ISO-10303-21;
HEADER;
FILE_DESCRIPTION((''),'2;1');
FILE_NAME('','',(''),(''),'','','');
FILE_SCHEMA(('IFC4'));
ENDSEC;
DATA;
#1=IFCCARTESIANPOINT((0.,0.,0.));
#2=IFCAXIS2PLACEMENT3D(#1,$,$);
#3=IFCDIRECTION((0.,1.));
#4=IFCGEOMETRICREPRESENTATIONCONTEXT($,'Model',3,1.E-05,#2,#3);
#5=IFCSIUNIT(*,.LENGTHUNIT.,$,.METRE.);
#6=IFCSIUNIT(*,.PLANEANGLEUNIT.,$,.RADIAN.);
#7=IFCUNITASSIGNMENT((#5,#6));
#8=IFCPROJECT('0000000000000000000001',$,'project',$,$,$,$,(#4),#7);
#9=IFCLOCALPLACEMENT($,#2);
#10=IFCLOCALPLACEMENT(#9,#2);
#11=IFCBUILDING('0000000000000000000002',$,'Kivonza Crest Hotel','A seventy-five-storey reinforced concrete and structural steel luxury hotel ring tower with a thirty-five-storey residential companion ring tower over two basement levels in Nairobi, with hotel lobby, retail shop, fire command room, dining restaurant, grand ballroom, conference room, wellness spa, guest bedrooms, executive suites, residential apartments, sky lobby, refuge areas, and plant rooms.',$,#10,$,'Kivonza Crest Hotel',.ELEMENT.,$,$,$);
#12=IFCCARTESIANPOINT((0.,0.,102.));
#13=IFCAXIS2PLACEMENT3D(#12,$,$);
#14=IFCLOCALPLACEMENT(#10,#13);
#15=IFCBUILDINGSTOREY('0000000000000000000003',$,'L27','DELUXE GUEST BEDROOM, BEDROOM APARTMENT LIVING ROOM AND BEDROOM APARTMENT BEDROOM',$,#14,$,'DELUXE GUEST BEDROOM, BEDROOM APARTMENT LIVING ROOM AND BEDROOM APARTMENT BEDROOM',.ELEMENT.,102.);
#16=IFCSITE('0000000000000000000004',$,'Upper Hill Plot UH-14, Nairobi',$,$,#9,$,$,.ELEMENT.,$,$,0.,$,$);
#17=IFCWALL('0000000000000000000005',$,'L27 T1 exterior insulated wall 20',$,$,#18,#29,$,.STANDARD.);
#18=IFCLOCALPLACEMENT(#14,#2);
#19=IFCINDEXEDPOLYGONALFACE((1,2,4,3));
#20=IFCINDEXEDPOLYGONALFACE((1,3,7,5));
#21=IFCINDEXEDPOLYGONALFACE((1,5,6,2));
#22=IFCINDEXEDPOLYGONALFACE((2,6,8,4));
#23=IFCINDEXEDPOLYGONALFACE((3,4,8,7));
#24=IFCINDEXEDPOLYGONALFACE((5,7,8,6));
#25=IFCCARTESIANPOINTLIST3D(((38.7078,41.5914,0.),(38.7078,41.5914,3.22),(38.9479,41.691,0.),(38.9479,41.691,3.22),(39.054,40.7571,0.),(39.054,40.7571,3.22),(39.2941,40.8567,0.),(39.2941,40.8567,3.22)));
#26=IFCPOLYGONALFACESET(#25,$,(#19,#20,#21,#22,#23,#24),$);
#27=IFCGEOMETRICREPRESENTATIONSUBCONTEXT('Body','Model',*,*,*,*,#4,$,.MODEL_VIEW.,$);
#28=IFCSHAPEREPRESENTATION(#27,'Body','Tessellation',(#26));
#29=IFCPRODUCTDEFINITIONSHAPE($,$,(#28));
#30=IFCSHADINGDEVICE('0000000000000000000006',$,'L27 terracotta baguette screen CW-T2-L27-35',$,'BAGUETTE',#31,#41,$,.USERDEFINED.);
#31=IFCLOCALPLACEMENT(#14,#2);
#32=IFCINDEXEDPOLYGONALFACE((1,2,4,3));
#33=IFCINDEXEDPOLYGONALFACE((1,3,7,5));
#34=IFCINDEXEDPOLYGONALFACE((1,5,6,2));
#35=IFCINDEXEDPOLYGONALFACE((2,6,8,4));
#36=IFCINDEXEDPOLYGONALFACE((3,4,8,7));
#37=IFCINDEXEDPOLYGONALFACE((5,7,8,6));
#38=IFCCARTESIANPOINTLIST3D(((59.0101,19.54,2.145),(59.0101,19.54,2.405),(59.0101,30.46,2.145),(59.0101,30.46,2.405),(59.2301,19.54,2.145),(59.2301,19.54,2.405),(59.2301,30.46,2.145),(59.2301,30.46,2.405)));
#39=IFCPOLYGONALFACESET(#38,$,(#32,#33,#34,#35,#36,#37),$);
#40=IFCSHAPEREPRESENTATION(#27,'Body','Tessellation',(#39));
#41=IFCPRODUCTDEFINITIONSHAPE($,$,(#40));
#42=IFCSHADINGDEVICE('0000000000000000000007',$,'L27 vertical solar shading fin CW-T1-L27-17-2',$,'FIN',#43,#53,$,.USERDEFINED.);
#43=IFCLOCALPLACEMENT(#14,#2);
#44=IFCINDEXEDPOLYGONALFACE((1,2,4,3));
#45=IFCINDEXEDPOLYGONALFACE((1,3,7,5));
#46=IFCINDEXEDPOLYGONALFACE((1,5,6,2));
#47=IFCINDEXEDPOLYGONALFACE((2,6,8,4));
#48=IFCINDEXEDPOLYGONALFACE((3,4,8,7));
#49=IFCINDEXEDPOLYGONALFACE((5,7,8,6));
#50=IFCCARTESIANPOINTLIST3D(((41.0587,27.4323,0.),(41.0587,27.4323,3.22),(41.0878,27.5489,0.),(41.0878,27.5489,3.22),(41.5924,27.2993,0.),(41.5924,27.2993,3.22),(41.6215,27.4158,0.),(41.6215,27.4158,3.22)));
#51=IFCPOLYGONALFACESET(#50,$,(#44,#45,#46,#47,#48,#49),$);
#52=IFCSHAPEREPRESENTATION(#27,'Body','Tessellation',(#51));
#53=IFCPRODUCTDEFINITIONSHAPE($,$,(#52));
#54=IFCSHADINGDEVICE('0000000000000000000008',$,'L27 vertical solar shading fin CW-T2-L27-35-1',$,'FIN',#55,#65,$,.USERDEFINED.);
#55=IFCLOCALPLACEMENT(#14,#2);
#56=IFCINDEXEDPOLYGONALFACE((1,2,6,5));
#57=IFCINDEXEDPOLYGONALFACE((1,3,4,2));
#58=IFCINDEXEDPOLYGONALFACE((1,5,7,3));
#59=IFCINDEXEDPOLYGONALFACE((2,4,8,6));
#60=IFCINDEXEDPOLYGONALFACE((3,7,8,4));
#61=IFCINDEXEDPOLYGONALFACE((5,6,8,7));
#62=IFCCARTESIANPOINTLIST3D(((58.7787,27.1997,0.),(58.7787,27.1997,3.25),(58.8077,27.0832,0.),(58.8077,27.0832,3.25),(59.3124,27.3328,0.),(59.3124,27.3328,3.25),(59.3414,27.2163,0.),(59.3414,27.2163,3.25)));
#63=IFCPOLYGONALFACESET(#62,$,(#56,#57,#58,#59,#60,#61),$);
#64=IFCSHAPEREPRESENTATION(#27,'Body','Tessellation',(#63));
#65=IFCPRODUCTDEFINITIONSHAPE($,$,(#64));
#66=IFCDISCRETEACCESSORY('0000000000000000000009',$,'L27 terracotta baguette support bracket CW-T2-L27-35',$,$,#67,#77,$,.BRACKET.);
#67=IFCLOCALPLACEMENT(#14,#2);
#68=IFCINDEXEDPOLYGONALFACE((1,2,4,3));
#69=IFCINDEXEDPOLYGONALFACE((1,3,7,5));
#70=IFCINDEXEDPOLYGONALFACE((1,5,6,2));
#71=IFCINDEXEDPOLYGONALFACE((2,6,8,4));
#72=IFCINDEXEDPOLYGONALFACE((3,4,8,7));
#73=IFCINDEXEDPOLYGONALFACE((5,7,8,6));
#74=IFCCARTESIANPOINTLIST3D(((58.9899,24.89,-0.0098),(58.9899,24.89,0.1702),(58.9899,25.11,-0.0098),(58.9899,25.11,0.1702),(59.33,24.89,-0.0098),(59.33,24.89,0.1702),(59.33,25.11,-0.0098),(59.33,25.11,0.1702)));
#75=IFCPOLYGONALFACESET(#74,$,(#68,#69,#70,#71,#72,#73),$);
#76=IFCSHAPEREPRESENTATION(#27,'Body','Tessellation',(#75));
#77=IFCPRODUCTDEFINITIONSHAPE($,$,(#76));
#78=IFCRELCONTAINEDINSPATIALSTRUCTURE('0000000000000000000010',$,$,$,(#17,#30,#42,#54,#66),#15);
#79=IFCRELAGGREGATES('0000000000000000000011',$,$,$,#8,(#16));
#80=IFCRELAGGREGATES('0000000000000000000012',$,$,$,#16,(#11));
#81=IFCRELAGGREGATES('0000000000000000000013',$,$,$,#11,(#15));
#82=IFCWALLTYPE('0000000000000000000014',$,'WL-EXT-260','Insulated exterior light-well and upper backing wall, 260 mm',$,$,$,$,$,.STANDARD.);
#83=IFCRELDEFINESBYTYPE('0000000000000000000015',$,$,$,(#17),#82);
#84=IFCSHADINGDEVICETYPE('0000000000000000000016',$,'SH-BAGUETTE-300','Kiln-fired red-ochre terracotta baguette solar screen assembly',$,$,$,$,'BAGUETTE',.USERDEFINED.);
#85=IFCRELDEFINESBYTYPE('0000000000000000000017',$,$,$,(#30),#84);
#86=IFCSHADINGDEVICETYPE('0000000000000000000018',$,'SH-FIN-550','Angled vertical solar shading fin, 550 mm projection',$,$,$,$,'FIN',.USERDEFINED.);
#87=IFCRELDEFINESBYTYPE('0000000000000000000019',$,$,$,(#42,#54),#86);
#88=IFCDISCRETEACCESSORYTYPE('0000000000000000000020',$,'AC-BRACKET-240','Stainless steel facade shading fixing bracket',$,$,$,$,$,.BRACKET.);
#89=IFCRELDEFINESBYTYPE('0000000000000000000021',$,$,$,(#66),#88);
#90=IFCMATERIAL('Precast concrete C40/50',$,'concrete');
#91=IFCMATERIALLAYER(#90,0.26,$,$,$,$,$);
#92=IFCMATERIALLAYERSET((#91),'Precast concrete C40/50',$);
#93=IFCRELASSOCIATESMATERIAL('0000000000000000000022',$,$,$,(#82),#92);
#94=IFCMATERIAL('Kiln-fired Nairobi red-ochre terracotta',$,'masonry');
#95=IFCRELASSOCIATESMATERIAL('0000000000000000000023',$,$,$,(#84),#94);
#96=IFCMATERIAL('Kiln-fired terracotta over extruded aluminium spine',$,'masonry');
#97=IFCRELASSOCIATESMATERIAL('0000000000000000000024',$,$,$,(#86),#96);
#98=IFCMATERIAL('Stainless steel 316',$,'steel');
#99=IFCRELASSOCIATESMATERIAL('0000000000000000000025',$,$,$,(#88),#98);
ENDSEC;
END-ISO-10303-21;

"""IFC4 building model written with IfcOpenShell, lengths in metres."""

from ifc_helpers import new_model, si_unit, direction, frame, frame_2d, origin, origin_2d, place, context, subcontext, project, spatial, rectangle, extrude, material, layer, layer_set, type_object, element, save


model = new_model("IFC4")

# Units and contexts
model_context = context("Model", 3, precision=1e-05, world=origin(), true_north=direction((0.0, 1.0)))
body_context = subcontext(model_context, "Body", "Model", "MODEL_VIEW")
ifc_project = project(units=[si_unit("LENGTHUNIT", "METRE"), si_unit("PLANEANGLEUNIT", "RADIAN")], contexts=[model_context])

# Site, building, storey
site_placement = place(None, origin())
site = spatial("IfcSite", under=ifc_project, at=site_placement, Name="Upper Hill Plot UH-14, Nairobi", CompositionType="ELEMENT", RefElevation=0.0)
building_placement = place(site_placement, origin())
building = spatial("IfcBuilding", under=site, at=building_placement, Name="Kivonza Crest Hotel", Description="A seventy-five-storey reinforced concrete and structural steel luxury hotel ring tower with a thirty-five-storey residential companion ring tower over two basement levels in Nairobi, with hotel lobby, retail shop, fire command room, dining restaurant, grand ballroom, conference room, wellness spa, guest bedrooms, executive suites, residential apartments, sky lobby, refuge areas, and plant rooms.", LongName="Kivonza Crest Hotel", CompositionType="ELEMENT")
storey_placement = place(building_placement, frame((0.0, 0.0, 102.0)))
storey = spatial("IfcBuildingStorey", under=building, at=storey_placement, Name="L27", Description="DELUXE GUEST BEDROOM, BEDROOM APARTMENT LIVING ROOM AND BEDROOM APARTMENT BEDROOM", LongName="DELUXE GUEST BEDROOM, BEDROOM APARTMENT LIVING ROOM AND BEDROOM APARTMENT BEDROOM", CompositionType="ELEMENT", Elevation=102.0)

# Shared definitions
ifc_material_1 = material(Name="Precast concrete C40/50", Category="concrete")
ifc_layer_1 = layer(ifc_material_1, 0.26)
ifc_layer_set_1 = layer_set([ifc_layer_1], Name="Precast concrete C40/50")
wall_type_1 = type_object("IfcWallType", Name="WL-EXT-260", Description="Insulated exterior light-well and upper backing wall, 260 mm", PredefinedType="STANDARD", material=ifc_layer_set_1)

# Wall
wall_1_placement = place(storey_placement, frame((39.1741, 40.8069, 0.0), z_axis=(0.0, 0.0, 1.0), x_axis=(-0.383291, 0.923628, 0.0)))
element("IfcWall", 1, at=wall_1_placement, inside=storey, type_object=wall_type_1, Name="L27 T1 exterior insulated wall 20", PredefinedType="STANDARD", context=body_context, shape_type="SweptSolid", body=[
    extrude(rectangle(XDim=0.9033, YDim=0.26, at=frame_2d((0.4517, 0.0))), origin(), (0.0, 0.0, 1.0), 3.22),
])

# Shading devices
ifc_material_2 = material(Name="Kiln-fired Nairobi red-ochre terracotta", Category="masonry")
shading_device_type_1 = type_object("IfcShadingDeviceType", Name="SH-BAGUETTE-300", Description="Kiln-fired red-ochre terracotta baguette solar screen assembly", ElementType="BAGUETTE", PredefinedType="USERDEFINED", material=ifc_material_2)
shading_device_1_placement = place(storey_placement, frame((59.1201, 25.0, 2.145), z_axis=(0.0, 0.0, 1.0), x_axis=(0.0, -1.0, 0.0)))
element("IfcShadingDevice", 2, at=shading_device_1_placement, inside=storey, type_object=shading_device_type_1, Name="L27 terracotta baguette screen CW-T2-L27-35", ObjectType="BAGUETTE", PredefinedType="USERDEFINED", context=body_context, shape_type="SweptSolid", body=[
    extrude(rectangle(XDim=10.9199, YDim=0.22, at=origin_2d()), origin(), (0.0, 0.0, 1.0), 0.26),
])
ifc_material_3 = material(Name="Kiln-fired terracotta over extruded aluminium spine", Category="masonry")
shading_device_type_2 = type_object("IfcShadingDeviceType", Name="SH-FIN-550", Description="Angled vertical solar shading fin, 550 mm projection", ElementType="FIN", PredefinedType="USERDEFINED", material=ifc_material_3)
shading_device_2_placement = place(storey_placement, frame((41.3401, 27.4241, 0.0), z_axis=(0.0, 0.0, 1.0), x_axis=(0.241922, 0.970296, 0.0)))
element("IfcShadingDevice", 3, at=shading_device_2_placement, inside=storey, type_object=shading_device_type_2, Name="L27 vertical solar shading fin CW-T1-L27-17-2", ObjectType="FIN", PredefinedType="USERDEFINED", context=body_context, shape_type="SweptSolid", body=[
    extrude(rectangle(XDim=0.1201, YDim=0.55, at=origin_2d()), origin(), (0.0, 0.0, 1.0), 3.22),
])
shading_device_3_placement = place(storey_placement, frame((59.0601, 27.208, 0.0), z_axis=(0.0, 0.0, 1.0), x_axis=(0.241922, -0.970296, 0.0)))
element("IfcShadingDevice", 4, at=shading_device_3_placement, inside=storey, type_object=shading_device_type_2, Name="L27 vertical solar shading fin CW-T2-L27-35-1", ObjectType="FIN", PredefinedType="USERDEFINED", context=body_context, shape_type="SweptSolid", body=[
    extrude(rectangle(XDim=0.1201, YDim=0.55, at=origin_2d()), origin(), (0.0, 0.0, 1.0), 3.25),
])

# Discrete accessory
ifc_material_4 = material(Name="Stainless steel 316", Category="steel")
discrete_accessory_type = type_object("IfcDiscreteAccessoryType", Name="AC-BRACKET-240", Description="Stainless steel facade shading fixing bracket", PredefinedType="BRACKET", material=ifc_material_4)
discrete_accessory_placement = place(storey_placement, frame((59.1599, 25.0, -0.0098), z_axis=(0.0, 0.0, 1.0), x_axis=(0.0, -1.0, 0.0)))
element("IfcDiscreteAccessory", 5, at=discrete_accessory_placement, inside=storey, type_object=discrete_accessory_type, Name="L27 terracotta baguette support bracket CW-T2-L27-35", PredefinedType="BRACKET", context=body_context, shape_type="SweptSolid", body=[
    extrude(rectangle(XDim=0.22, YDim=0.3401, at=origin_2d()), origin(), (0.0, 0.0, 1.0), 0.1799),
])

save(model, "model.ifc")
